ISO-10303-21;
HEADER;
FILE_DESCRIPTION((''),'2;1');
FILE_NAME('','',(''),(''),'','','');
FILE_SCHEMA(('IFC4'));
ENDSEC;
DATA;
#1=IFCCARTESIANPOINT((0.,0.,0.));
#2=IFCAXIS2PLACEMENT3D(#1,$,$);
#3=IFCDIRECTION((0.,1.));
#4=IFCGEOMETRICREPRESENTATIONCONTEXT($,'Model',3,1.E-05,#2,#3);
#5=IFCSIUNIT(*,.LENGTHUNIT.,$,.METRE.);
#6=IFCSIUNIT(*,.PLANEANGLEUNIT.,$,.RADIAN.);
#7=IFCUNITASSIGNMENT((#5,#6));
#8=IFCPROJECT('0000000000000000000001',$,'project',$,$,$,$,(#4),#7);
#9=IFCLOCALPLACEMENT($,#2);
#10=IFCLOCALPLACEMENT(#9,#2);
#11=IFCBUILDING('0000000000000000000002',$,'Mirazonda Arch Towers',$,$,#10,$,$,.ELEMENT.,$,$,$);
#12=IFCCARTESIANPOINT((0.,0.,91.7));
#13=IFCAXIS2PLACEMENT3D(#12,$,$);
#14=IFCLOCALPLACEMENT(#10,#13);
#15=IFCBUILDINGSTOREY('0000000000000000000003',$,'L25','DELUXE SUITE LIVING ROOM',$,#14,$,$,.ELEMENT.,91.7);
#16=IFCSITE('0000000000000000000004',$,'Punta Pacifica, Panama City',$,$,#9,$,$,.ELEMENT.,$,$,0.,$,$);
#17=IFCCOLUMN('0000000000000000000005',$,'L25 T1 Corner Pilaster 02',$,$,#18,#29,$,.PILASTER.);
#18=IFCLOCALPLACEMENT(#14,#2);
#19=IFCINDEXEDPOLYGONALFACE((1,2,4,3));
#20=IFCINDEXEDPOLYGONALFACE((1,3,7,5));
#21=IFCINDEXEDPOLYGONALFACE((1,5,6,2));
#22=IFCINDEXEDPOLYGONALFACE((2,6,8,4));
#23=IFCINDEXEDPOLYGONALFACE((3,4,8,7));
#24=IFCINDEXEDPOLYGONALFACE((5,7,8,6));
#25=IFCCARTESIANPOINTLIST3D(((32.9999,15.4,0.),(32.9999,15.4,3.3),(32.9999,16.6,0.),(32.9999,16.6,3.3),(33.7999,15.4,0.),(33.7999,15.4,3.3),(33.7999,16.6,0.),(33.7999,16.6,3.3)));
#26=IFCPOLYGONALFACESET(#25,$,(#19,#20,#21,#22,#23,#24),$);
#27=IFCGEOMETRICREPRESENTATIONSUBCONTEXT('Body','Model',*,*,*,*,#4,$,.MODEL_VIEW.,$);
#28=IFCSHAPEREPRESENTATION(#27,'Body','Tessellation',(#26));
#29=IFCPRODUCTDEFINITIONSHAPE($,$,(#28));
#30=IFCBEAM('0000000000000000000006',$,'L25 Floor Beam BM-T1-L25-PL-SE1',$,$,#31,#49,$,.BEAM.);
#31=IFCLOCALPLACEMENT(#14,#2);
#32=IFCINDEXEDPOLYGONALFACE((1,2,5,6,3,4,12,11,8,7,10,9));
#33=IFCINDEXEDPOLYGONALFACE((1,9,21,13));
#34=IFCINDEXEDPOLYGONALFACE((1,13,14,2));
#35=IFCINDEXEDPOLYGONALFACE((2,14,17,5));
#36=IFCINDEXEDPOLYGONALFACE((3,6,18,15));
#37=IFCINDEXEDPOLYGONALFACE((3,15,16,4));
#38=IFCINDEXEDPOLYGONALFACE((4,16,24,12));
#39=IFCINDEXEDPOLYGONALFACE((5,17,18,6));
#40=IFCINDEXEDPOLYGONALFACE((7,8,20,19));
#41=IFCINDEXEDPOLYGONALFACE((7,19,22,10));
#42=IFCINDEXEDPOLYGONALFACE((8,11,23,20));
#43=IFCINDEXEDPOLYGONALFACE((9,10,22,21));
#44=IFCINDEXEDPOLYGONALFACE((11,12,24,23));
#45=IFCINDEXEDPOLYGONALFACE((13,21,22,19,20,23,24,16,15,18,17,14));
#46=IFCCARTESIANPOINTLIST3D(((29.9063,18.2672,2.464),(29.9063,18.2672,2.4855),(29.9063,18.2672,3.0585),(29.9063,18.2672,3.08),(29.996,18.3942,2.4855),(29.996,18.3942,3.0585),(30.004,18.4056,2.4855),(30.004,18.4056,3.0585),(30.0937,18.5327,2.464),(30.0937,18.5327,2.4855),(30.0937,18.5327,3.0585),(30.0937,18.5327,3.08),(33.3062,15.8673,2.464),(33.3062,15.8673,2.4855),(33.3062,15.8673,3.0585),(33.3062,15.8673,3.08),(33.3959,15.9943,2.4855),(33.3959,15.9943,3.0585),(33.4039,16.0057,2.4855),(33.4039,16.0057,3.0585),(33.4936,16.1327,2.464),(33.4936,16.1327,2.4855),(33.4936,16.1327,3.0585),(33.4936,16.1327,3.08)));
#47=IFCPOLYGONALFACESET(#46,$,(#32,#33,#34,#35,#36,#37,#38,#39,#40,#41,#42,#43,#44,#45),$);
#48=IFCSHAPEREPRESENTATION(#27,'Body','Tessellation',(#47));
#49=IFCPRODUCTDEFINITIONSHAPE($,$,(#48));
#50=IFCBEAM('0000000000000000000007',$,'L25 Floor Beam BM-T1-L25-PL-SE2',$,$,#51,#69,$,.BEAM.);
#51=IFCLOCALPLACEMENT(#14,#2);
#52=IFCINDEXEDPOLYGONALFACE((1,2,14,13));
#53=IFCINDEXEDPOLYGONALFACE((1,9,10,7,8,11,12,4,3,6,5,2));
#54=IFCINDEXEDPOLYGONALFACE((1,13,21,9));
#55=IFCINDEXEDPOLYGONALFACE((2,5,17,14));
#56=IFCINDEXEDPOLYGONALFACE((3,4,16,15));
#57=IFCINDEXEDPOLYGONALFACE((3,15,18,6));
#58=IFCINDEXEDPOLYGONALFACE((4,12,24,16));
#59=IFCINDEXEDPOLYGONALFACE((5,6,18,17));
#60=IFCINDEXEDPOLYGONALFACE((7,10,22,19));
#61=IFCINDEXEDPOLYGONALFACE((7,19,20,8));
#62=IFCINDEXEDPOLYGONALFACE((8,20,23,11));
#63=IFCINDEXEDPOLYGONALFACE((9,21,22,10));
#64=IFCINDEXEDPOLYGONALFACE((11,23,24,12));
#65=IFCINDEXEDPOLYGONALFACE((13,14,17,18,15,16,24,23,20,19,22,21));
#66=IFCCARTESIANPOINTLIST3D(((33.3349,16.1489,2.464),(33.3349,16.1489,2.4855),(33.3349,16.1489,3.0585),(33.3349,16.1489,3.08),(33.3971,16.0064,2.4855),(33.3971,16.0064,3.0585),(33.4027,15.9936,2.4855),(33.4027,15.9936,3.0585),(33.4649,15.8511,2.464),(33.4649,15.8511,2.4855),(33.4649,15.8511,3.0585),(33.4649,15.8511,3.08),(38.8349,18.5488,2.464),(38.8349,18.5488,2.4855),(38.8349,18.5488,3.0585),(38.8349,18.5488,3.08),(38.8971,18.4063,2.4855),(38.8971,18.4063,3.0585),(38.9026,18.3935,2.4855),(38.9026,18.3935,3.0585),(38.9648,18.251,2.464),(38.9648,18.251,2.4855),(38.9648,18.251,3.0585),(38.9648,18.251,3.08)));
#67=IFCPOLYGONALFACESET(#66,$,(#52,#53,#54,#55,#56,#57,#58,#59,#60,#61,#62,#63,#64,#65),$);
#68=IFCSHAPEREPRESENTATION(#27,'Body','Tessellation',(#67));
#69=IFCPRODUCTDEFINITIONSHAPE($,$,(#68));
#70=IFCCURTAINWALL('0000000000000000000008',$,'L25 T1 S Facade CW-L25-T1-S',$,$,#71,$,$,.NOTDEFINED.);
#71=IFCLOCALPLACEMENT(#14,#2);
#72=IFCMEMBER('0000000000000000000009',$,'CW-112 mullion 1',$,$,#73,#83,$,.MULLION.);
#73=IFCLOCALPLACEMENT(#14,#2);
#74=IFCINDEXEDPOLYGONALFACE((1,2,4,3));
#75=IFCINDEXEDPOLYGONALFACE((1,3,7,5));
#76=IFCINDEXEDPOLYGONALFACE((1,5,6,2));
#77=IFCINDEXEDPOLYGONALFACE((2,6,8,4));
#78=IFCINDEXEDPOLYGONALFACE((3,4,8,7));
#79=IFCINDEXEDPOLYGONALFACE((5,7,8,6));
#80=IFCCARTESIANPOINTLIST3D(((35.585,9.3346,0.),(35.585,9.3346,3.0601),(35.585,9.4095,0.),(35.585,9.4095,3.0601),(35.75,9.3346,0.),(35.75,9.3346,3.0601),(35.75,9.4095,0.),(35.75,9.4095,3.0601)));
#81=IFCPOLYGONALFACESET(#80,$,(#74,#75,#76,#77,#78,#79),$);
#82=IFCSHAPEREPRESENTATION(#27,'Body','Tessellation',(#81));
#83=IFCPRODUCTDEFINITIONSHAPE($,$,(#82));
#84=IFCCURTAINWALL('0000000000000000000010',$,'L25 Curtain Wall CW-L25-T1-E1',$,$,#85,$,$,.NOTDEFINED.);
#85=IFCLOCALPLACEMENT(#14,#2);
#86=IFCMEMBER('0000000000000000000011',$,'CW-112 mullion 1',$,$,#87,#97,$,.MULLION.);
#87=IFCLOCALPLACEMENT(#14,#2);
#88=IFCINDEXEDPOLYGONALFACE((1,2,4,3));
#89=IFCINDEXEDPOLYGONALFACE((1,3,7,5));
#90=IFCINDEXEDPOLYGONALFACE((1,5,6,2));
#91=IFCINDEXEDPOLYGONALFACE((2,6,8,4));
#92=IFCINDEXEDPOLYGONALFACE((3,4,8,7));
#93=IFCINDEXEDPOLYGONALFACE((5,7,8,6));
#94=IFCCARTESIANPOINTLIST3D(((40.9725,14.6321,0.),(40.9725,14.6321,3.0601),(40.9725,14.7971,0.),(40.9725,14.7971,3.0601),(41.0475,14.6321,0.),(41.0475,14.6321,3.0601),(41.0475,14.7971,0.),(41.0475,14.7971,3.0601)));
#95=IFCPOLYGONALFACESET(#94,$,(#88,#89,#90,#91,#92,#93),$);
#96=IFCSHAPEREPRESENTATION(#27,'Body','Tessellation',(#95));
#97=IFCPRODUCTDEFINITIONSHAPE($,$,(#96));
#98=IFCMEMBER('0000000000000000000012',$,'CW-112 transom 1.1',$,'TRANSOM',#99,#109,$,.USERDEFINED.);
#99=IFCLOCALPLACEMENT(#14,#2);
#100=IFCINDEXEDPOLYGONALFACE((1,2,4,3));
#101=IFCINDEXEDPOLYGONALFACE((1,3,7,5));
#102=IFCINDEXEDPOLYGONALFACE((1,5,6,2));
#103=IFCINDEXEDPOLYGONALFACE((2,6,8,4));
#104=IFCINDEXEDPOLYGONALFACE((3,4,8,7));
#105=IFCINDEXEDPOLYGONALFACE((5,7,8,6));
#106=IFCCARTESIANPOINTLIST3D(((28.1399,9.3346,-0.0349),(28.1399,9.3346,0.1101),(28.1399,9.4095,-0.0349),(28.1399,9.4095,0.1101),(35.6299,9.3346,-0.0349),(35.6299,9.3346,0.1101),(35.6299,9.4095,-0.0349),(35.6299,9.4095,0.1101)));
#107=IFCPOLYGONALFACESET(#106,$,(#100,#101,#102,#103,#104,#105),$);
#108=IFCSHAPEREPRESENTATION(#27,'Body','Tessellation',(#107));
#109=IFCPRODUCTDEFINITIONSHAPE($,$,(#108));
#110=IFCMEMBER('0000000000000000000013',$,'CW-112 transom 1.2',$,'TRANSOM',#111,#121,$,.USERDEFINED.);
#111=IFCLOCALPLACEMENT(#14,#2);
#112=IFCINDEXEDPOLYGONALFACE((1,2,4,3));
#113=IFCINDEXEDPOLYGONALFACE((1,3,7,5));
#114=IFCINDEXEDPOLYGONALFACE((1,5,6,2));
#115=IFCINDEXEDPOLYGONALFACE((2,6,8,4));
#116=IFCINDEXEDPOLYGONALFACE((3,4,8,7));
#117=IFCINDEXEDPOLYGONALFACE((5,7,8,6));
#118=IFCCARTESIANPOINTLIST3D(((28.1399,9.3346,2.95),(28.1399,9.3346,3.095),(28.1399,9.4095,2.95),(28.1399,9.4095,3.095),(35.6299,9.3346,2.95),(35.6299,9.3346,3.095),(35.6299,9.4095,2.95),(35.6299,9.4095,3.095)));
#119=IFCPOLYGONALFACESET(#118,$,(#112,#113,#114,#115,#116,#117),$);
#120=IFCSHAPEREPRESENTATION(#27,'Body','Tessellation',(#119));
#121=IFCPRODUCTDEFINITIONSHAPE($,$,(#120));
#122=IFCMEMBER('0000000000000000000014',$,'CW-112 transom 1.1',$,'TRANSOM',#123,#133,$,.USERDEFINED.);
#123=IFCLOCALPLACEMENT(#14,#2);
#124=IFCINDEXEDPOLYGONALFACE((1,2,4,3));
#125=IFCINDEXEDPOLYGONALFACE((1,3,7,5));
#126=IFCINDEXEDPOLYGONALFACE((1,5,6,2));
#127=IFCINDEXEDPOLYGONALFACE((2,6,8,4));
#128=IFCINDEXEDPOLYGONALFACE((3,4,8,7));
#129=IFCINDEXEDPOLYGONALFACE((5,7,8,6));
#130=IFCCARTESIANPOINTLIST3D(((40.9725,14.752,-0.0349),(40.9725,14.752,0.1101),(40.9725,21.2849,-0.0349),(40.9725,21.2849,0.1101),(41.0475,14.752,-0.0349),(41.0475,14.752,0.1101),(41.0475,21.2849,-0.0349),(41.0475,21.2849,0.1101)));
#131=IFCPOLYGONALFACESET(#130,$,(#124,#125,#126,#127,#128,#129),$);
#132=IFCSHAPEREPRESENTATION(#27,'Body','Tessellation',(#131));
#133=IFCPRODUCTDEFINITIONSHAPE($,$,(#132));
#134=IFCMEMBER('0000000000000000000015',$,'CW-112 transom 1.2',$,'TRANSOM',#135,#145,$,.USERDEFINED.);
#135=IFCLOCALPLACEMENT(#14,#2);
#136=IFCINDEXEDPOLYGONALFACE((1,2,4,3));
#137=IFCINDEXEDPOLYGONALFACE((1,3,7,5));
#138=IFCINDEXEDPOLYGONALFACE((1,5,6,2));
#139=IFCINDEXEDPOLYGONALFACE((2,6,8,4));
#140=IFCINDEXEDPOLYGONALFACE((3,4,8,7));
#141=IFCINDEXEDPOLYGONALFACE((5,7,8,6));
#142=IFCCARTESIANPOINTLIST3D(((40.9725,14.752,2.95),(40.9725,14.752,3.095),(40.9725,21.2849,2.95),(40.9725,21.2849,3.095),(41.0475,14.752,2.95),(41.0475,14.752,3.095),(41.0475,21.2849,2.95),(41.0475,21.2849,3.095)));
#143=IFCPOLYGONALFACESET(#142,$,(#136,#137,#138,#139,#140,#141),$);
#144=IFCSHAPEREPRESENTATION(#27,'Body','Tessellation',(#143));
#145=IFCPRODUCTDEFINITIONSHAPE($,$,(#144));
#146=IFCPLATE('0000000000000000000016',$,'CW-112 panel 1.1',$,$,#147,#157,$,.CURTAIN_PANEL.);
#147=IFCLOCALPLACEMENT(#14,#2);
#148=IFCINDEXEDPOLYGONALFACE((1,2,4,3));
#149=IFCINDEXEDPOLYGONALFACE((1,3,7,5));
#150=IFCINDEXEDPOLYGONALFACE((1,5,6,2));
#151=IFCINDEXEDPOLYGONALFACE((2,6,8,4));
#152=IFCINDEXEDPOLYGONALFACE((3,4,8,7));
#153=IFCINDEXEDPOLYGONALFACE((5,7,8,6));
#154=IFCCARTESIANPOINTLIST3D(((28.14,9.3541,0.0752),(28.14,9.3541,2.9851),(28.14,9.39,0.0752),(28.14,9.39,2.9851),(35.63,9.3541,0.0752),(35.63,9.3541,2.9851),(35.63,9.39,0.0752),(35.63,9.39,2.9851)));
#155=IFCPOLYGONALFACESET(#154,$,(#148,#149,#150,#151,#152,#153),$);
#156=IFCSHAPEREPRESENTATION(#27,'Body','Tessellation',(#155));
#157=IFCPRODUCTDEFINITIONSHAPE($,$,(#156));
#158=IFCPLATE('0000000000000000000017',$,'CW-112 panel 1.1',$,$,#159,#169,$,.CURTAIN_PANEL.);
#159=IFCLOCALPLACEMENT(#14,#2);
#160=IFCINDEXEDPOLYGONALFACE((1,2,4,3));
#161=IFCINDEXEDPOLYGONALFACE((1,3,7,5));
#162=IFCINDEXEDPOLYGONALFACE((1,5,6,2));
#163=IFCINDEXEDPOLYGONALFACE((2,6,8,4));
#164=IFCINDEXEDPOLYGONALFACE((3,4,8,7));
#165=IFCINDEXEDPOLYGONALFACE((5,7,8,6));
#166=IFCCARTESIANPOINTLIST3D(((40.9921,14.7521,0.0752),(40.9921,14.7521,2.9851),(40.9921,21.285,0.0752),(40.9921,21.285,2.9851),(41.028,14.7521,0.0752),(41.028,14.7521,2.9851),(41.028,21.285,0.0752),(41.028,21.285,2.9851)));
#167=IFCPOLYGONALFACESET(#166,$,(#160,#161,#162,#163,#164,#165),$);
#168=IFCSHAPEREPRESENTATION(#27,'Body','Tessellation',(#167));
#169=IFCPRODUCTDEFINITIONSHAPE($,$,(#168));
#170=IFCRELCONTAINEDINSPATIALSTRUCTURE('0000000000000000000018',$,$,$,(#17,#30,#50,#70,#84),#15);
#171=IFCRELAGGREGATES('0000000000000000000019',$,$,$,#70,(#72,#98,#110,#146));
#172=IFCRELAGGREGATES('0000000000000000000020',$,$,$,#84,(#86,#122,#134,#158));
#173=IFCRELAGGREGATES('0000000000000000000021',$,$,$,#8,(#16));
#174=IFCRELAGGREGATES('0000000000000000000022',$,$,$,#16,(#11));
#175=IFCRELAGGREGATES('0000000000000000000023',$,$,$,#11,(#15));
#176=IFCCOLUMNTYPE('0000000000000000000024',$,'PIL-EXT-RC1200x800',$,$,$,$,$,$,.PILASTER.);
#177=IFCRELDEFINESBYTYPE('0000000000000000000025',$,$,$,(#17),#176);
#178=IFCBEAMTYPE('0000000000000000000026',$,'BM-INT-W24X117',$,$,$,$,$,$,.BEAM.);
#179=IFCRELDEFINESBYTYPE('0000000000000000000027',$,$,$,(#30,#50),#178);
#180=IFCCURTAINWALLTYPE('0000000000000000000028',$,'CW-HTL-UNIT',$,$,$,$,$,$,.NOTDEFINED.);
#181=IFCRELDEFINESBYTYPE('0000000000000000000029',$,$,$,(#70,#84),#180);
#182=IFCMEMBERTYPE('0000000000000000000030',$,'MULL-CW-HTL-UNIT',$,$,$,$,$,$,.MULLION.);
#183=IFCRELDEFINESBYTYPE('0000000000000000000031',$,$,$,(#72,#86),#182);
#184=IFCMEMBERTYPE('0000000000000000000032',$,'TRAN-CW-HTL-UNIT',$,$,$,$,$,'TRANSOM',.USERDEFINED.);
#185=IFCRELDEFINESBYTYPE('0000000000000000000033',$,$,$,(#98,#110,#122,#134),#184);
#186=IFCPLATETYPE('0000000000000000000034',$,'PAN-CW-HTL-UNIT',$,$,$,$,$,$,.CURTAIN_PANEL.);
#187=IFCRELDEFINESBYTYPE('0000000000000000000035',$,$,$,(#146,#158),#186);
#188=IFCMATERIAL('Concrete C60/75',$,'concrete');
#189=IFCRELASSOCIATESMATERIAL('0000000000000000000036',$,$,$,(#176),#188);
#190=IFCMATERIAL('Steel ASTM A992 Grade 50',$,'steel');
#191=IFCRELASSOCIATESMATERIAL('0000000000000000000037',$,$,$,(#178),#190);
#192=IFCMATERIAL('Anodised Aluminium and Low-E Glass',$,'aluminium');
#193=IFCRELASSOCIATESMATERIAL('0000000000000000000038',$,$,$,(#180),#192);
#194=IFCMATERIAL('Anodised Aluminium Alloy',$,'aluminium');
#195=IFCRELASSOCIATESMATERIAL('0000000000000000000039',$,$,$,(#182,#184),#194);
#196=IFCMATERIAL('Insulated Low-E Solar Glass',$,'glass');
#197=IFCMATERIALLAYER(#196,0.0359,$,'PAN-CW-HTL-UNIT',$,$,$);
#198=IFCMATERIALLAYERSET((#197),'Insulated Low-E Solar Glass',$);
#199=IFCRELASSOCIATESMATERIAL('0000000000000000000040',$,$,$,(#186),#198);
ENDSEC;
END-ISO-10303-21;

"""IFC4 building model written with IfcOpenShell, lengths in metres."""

from ifc_helpers import new_model, si_unit, direction, frame, origin, origin_2d, place, context, subcontext, project, spatial, rectangle, i_section, extrude, material, layer, layer_set, material_profile, profile_set, type_object, element, aggregate, save


model = new_model("IFC4")

# Units and contexts
model_context = context("Model", 3, precision=1e-05, world=origin(), true_north=direction((0.0, 1.0)))
body_context = subcontext(model_context, "Body", "Model", "MODEL_VIEW")
ifc_project = project(units=[si_unit("LENGTHUNIT", "METRE"), si_unit("PLANEANGLEUNIT", "RADIAN")], contexts=[model_context])

# Site, building, storey
site_placement = place(None, origin())
site = spatial("IfcSite", under=ifc_project, at=site_placement, Name="Punta Pacifica, Panama City", CompositionType="ELEMENT", RefElevation=0.0)
building_placement = place(site_placement, origin())
building = spatial("IfcBuilding", under=site, at=building_placement, Name="Mirazonda Arch Towers", CompositionType="ELEMENT")
storey_placement = place(building_placement, frame((0.0, 0.0, 91.7)))
storey = spatial("IfcBuildingStorey", under=building, at=storey_placement, Name="L25", Description="DELUXE SUITE LIVING ROOM", CompositionType="ELEMENT", Elevation=91.7)

# Column
ifc_material_1 = material(Name="Concrete C60/75", Category="concrete")
ifc_material_profile_1 = material_profile(ifc_material_1, rectangle(XDim=0.8, YDim=1.2, at=origin_2d()), Name="RC1200x800")
ifc_profile_set_1 = profile_set([ifc_material_profile_1], Name="Concrete C60/75")
column_type = type_object("IfcColumnType", Name="PIL-EXT-RC1200x800", PredefinedType="PILASTER", material=ifc_profile_set_1)
column_placement = place(storey_placement, frame((33.3999, 16.0, 0.0), z_axis=(0.0, 0.0, 1.0), x_axis=(1.0, 0.0, 0.0)))
element("IfcColumn", 1, at=column_placement, inside=storey, type_object=column_type, Name="L25 T1 Corner Pilaster 02", PredefinedType="PILASTER", context=body_context, shape_type="SweptSolid", body=[
    extrude(rectangle(XDim=0.8, YDim=1.2, at=origin_2d()), origin(), (0.0, 0.0, 1.0), 3.3),
])

# Beams
ifc_material_2 = material(Name="Steel ASTM A992 Grade 50", Category="steel")
ifc_material_profile_2 = material_profile(ifc_material_2, i_section(OverallWidth=0.325, OverallDepth=0.616, WebThickness=0.0139, FlangeThickness=0.0215, at=origin_2d()), Name="W24X117")
ifc_profile_set_2 = profile_set([ifc_material_profile_2], Name="Steel ASTM A992 Grade 50")
beam_type = type_object("IfcBeamType", Name="BM-INT-W24X117", PredefinedType="BEAM", material=ifc_profile_set_2)
beam_1_placement = place(storey_placement, frame((33.3999, 16.0, 2.772), z_axis=(-0.816971, 0.576679, 0.0), x_axis=(-0.576679, -0.816971, 0.0)))
element("IfcBeam", 2, at=beam_1_placement, inside=storey, type_object=beam_type, Name="L25 Floor Beam BM-T1-L25-PL-SE1", PredefinedType="BEAM", context=body_context, shape_type="SweptSolid", body=[
    extrude(i_section(OverallWidth=0.325, OverallDepth=0.616, WebThickness=0.0139, FlangeThickness=0.0215, at=origin_2d()), origin(), (0.0, 0.0, 1.0), 4.1616),
])
beam_2_placement = place(storey_placement, frame((33.3999, 16.0, 2.772), z_axis=(0.916545, 0.399931, 0.0), x_axis=(-0.399931, 0.916545, 0.0)))
element("IfcBeam", 3, at=beam_2_placement, inside=storey, type_object=beam_type, Name="L25 Floor Beam BM-T1-L25-PL-SE2", PredefinedType="BEAM", context=body_context, shape_type="SweptSolid", body=[
    extrude(i_section(OverallWidth=0.325, OverallDepth=0.616, WebThickness=0.0139, FlangeThickness=0.0215, at=origin_2d()), origin(), (0.0, 0.0, 1.0), 6.0007),
])

# Curtain walls, members
ifc_material_3 = material(Name="Anodised Aluminium and Low-E Glass", Category="aluminium")
curtain_wall_type = type_object("IfcCurtainWallType", Name="CW-HTL-UNIT", PredefinedType="NOTDEFINED", material=ifc_material_3)
curtain_wall_1_placement = place(storey_placement, origin())
curtain_wall_1 = element("IfcCurtainWall", 4, at=curtain_wall_1_placement, inside=storey, type_object=curtain_wall_type, Name="L25 T1 S Facade CW-L25-T1-S", PredefinedType="NOTDEFINED")
ifc_material_4 = material(Name="Anodised Aluminium Alloy", Category="aluminium")
ifc_material_profile_3 = material_profile(ifc_material_4, rectangle(XDim=0.075, YDim=0.165, at=origin_2d()), Name="ALU-MULL-75x165")
ifc_profile_set_3 = profile_set([ifc_material_profile_3], Name="Anodised Aluminium Alloy")
member_type_1 = type_object("IfcMemberType", Name="MULL-CW-HTL-UNIT", PredefinedType="MULLION", material=ifc_profile_set_3)
member_1_placement = place(storey_placement, frame((35.6675, 9.3721, 0.0), z_axis=(0.0, 0.0, 1.0), x_axis=(0.0, -1.0, 0.0)))
member_1 = element("IfcMember", 5, at=member_1_placement, type_object=member_type_1, Name="CW-112 mullion 1", PredefinedType="MULLION", context=body_context, shape_type="SweptSolid", body=[
    extrude(rectangle(XDim=0.075, YDim=0.165, at=origin_2d()), origin(), (0.0, 0.0, 1.0), 3.0601),
])
curtain_wall_2_placement = place(storey_placement, origin())
curtain_wall_2 = element("IfcCurtainWall", 6, at=curtain_wall_2_placement, inside=storey, type_object=curtain_wall_type, Name="L25 Curtain Wall CW-L25-T1-E1", PredefinedType="NOTDEFINED")
member_2_placement = place(storey_placement, frame((41.01, 14.7146, 0.0), z_axis=(0.0, 0.0, 1.0), x_axis=(-1.0, 0.0, 0.0)))
member_2 = element("IfcMember", 7, at=member_2_placement, type_object=member_type_1, Name="CW-112 mullion 1", PredefinedType="MULLION", context=body_context, shape_type="SweptSolid", body=[
    extrude(rectangle(XDim=0.075, YDim=0.165, at=origin_2d()), origin(), (0.0, 0.0, 1.0), 3.0601),
])

# Members
ifc_material_profile_4 = material_profile(ifc_material_4, rectangle(XDim=0.075, YDim=0.145, at=origin_2d()), Name="ALU-TRAN-75x145")
ifc_profile_set_4 = profile_set([ifc_material_profile_4], Name="Anodised Aluminium Alloy")
member_type_2 = type_object("IfcMemberType", Name="TRAN-CW-HTL-UNIT", ElementType="TRANSOM", PredefinedType="USERDEFINED", material=ifc_profile_set_4)
member_3_placement = place(storey_placement, frame((35.6299, 9.3721, 0.0376), z_axis=(-1.0, 0.0, 0.0), x_axis=(0.0, -1.0, 0.0)))
member_3 = element("IfcMember", 8, at=member_3_placement, type_object=member_type_2, Name="CW-112 transom 1.1", ObjectType="TRANSOM", PredefinedType="USERDEFINED", context=body_context, shape_type="SweptSolid", body=[
    extrude(rectangle(XDim=0.075, YDim=0.145, at=origin_2d()), origin(), (0.0, 0.0, 1.0), 7.49),
])
member_4_placement = place(storey_placement, frame((35.6299, 9.3721, 3.0225), z_axis=(-1.0, 0.0, 0.0), x_axis=(0.0, -1.0, 0.0)))
member_4 = element("IfcMember", 9, at=member_4_placement, type_object=member_type_2, Name="CW-112 transom 1.2", ObjectType="TRANSOM", PredefinedType="USERDEFINED", context=body_context, shape_type="SweptSolid", body=[
    extrude(rectangle(XDim=0.075, YDim=0.145, at=origin_2d()), origin(), (0.0, 0.0, 1.0), 7.49),
])
member_5_placement = place(storey_placement, frame((41.01, 14.752, 0.0376), z_axis=(0.0, 1.0, 0.0), x_axis=(-1.0, 0.0, 0.0)))
member_5 = element("IfcMember", 10, at=member_5_placement, type_object=member_type_2, Name="CW-112 transom 1.1", ObjectType="TRANSOM", PredefinedType="USERDEFINED", context=body_context, shape_type="SweptSolid", body=[
    extrude(rectangle(XDim=0.075, YDim=0.145, at=origin_2d()), origin(), (0.0, 0.0, 1.0), 6.533),
])
member_6_placement = place(storey_placement, frame((41.01, 14.752, 3.0225), z_axis=(0.0, 1.0, 0.0), x_axis=(-1.0, 0.0, 0.0)))
member_6 = element("IfcMember", 11, at=member_6_placement, type_object=member_type_2, Name="CW-112 transom 1.2", ObjectType="TRANSOM", PredefinedType="USERDEFINED", context=body_context, shape_type="SweptSolid", body=[
    extrude(rectangle(XDim=0.075, YDim=0.145, at=origin_2d()), origin(), (0.0, 0.0, 1.0), 6.533),
])

# Plates
ifc_material_5 = material(Name="Insulated Low-E Solar Glass", Category="glass")
ifc_layer_1 = layer(ifc_material_5, 0.0359, Name="PAN-CW-HTL-UNIT")
ifc_layer_set_1 = layer_set([ifc_layer_1], Name="Insulated Low-E Solar Glass")
plate_type = type_object("IfcPlateType", Name="PAN-CW-HTL-UNIT", PredefinedType="CURTAIN_PANEL", material=ifc_layer_set_1)
plate_1_placement = place(storey_placement, frame((31.885, 9.3721, 0.0752), z_axis=(0.0, 0.0, 1.0), x_axis=(-1.0, 0.0, 0.0)))
plate_1 = element("IfcPlate", 12, at=plate_1_placement, type_object=plate_type, Name="CW-112 panel 1.1", PredefinedType="CURTAIN_PANEL", context=body_context, shape_type="SweptSolid", body=[
    extrude(rectangle(XDim=7.49, YDim=0.0359, at=origin_2d()), origin(), (0.0, 0.0, 1.0), 2.9099),
])
aggregate(curtain_wall_1, [member_1, member_3, member_4, plate_1])
plate_2_placement = place(storey_placement, frame((41.01, 18.0186, 0.0752), z_axis=(0.0, 0.0, 1.0), x_axis=(0.0, 1.0, 0.0)))
plate_2 = element("IfcPlate", 13, at=plate_2_placement, type_object=plate_type, Name="CW-112 panel 1.1", PredefinedType="CURTAIN_PANEL", context=body_context, shape_type="SweptSolid", body=[
    extrude(rectangle(XDim=6.533, YDim=0.0359, at=origin_2d()), origin(), (0.0, 0.0, 1.0), 2.9099),
])
aggregate(curtain_wall_2, [member_2, member_5, member_6, plate_2])

save(model, "model.ifc")
